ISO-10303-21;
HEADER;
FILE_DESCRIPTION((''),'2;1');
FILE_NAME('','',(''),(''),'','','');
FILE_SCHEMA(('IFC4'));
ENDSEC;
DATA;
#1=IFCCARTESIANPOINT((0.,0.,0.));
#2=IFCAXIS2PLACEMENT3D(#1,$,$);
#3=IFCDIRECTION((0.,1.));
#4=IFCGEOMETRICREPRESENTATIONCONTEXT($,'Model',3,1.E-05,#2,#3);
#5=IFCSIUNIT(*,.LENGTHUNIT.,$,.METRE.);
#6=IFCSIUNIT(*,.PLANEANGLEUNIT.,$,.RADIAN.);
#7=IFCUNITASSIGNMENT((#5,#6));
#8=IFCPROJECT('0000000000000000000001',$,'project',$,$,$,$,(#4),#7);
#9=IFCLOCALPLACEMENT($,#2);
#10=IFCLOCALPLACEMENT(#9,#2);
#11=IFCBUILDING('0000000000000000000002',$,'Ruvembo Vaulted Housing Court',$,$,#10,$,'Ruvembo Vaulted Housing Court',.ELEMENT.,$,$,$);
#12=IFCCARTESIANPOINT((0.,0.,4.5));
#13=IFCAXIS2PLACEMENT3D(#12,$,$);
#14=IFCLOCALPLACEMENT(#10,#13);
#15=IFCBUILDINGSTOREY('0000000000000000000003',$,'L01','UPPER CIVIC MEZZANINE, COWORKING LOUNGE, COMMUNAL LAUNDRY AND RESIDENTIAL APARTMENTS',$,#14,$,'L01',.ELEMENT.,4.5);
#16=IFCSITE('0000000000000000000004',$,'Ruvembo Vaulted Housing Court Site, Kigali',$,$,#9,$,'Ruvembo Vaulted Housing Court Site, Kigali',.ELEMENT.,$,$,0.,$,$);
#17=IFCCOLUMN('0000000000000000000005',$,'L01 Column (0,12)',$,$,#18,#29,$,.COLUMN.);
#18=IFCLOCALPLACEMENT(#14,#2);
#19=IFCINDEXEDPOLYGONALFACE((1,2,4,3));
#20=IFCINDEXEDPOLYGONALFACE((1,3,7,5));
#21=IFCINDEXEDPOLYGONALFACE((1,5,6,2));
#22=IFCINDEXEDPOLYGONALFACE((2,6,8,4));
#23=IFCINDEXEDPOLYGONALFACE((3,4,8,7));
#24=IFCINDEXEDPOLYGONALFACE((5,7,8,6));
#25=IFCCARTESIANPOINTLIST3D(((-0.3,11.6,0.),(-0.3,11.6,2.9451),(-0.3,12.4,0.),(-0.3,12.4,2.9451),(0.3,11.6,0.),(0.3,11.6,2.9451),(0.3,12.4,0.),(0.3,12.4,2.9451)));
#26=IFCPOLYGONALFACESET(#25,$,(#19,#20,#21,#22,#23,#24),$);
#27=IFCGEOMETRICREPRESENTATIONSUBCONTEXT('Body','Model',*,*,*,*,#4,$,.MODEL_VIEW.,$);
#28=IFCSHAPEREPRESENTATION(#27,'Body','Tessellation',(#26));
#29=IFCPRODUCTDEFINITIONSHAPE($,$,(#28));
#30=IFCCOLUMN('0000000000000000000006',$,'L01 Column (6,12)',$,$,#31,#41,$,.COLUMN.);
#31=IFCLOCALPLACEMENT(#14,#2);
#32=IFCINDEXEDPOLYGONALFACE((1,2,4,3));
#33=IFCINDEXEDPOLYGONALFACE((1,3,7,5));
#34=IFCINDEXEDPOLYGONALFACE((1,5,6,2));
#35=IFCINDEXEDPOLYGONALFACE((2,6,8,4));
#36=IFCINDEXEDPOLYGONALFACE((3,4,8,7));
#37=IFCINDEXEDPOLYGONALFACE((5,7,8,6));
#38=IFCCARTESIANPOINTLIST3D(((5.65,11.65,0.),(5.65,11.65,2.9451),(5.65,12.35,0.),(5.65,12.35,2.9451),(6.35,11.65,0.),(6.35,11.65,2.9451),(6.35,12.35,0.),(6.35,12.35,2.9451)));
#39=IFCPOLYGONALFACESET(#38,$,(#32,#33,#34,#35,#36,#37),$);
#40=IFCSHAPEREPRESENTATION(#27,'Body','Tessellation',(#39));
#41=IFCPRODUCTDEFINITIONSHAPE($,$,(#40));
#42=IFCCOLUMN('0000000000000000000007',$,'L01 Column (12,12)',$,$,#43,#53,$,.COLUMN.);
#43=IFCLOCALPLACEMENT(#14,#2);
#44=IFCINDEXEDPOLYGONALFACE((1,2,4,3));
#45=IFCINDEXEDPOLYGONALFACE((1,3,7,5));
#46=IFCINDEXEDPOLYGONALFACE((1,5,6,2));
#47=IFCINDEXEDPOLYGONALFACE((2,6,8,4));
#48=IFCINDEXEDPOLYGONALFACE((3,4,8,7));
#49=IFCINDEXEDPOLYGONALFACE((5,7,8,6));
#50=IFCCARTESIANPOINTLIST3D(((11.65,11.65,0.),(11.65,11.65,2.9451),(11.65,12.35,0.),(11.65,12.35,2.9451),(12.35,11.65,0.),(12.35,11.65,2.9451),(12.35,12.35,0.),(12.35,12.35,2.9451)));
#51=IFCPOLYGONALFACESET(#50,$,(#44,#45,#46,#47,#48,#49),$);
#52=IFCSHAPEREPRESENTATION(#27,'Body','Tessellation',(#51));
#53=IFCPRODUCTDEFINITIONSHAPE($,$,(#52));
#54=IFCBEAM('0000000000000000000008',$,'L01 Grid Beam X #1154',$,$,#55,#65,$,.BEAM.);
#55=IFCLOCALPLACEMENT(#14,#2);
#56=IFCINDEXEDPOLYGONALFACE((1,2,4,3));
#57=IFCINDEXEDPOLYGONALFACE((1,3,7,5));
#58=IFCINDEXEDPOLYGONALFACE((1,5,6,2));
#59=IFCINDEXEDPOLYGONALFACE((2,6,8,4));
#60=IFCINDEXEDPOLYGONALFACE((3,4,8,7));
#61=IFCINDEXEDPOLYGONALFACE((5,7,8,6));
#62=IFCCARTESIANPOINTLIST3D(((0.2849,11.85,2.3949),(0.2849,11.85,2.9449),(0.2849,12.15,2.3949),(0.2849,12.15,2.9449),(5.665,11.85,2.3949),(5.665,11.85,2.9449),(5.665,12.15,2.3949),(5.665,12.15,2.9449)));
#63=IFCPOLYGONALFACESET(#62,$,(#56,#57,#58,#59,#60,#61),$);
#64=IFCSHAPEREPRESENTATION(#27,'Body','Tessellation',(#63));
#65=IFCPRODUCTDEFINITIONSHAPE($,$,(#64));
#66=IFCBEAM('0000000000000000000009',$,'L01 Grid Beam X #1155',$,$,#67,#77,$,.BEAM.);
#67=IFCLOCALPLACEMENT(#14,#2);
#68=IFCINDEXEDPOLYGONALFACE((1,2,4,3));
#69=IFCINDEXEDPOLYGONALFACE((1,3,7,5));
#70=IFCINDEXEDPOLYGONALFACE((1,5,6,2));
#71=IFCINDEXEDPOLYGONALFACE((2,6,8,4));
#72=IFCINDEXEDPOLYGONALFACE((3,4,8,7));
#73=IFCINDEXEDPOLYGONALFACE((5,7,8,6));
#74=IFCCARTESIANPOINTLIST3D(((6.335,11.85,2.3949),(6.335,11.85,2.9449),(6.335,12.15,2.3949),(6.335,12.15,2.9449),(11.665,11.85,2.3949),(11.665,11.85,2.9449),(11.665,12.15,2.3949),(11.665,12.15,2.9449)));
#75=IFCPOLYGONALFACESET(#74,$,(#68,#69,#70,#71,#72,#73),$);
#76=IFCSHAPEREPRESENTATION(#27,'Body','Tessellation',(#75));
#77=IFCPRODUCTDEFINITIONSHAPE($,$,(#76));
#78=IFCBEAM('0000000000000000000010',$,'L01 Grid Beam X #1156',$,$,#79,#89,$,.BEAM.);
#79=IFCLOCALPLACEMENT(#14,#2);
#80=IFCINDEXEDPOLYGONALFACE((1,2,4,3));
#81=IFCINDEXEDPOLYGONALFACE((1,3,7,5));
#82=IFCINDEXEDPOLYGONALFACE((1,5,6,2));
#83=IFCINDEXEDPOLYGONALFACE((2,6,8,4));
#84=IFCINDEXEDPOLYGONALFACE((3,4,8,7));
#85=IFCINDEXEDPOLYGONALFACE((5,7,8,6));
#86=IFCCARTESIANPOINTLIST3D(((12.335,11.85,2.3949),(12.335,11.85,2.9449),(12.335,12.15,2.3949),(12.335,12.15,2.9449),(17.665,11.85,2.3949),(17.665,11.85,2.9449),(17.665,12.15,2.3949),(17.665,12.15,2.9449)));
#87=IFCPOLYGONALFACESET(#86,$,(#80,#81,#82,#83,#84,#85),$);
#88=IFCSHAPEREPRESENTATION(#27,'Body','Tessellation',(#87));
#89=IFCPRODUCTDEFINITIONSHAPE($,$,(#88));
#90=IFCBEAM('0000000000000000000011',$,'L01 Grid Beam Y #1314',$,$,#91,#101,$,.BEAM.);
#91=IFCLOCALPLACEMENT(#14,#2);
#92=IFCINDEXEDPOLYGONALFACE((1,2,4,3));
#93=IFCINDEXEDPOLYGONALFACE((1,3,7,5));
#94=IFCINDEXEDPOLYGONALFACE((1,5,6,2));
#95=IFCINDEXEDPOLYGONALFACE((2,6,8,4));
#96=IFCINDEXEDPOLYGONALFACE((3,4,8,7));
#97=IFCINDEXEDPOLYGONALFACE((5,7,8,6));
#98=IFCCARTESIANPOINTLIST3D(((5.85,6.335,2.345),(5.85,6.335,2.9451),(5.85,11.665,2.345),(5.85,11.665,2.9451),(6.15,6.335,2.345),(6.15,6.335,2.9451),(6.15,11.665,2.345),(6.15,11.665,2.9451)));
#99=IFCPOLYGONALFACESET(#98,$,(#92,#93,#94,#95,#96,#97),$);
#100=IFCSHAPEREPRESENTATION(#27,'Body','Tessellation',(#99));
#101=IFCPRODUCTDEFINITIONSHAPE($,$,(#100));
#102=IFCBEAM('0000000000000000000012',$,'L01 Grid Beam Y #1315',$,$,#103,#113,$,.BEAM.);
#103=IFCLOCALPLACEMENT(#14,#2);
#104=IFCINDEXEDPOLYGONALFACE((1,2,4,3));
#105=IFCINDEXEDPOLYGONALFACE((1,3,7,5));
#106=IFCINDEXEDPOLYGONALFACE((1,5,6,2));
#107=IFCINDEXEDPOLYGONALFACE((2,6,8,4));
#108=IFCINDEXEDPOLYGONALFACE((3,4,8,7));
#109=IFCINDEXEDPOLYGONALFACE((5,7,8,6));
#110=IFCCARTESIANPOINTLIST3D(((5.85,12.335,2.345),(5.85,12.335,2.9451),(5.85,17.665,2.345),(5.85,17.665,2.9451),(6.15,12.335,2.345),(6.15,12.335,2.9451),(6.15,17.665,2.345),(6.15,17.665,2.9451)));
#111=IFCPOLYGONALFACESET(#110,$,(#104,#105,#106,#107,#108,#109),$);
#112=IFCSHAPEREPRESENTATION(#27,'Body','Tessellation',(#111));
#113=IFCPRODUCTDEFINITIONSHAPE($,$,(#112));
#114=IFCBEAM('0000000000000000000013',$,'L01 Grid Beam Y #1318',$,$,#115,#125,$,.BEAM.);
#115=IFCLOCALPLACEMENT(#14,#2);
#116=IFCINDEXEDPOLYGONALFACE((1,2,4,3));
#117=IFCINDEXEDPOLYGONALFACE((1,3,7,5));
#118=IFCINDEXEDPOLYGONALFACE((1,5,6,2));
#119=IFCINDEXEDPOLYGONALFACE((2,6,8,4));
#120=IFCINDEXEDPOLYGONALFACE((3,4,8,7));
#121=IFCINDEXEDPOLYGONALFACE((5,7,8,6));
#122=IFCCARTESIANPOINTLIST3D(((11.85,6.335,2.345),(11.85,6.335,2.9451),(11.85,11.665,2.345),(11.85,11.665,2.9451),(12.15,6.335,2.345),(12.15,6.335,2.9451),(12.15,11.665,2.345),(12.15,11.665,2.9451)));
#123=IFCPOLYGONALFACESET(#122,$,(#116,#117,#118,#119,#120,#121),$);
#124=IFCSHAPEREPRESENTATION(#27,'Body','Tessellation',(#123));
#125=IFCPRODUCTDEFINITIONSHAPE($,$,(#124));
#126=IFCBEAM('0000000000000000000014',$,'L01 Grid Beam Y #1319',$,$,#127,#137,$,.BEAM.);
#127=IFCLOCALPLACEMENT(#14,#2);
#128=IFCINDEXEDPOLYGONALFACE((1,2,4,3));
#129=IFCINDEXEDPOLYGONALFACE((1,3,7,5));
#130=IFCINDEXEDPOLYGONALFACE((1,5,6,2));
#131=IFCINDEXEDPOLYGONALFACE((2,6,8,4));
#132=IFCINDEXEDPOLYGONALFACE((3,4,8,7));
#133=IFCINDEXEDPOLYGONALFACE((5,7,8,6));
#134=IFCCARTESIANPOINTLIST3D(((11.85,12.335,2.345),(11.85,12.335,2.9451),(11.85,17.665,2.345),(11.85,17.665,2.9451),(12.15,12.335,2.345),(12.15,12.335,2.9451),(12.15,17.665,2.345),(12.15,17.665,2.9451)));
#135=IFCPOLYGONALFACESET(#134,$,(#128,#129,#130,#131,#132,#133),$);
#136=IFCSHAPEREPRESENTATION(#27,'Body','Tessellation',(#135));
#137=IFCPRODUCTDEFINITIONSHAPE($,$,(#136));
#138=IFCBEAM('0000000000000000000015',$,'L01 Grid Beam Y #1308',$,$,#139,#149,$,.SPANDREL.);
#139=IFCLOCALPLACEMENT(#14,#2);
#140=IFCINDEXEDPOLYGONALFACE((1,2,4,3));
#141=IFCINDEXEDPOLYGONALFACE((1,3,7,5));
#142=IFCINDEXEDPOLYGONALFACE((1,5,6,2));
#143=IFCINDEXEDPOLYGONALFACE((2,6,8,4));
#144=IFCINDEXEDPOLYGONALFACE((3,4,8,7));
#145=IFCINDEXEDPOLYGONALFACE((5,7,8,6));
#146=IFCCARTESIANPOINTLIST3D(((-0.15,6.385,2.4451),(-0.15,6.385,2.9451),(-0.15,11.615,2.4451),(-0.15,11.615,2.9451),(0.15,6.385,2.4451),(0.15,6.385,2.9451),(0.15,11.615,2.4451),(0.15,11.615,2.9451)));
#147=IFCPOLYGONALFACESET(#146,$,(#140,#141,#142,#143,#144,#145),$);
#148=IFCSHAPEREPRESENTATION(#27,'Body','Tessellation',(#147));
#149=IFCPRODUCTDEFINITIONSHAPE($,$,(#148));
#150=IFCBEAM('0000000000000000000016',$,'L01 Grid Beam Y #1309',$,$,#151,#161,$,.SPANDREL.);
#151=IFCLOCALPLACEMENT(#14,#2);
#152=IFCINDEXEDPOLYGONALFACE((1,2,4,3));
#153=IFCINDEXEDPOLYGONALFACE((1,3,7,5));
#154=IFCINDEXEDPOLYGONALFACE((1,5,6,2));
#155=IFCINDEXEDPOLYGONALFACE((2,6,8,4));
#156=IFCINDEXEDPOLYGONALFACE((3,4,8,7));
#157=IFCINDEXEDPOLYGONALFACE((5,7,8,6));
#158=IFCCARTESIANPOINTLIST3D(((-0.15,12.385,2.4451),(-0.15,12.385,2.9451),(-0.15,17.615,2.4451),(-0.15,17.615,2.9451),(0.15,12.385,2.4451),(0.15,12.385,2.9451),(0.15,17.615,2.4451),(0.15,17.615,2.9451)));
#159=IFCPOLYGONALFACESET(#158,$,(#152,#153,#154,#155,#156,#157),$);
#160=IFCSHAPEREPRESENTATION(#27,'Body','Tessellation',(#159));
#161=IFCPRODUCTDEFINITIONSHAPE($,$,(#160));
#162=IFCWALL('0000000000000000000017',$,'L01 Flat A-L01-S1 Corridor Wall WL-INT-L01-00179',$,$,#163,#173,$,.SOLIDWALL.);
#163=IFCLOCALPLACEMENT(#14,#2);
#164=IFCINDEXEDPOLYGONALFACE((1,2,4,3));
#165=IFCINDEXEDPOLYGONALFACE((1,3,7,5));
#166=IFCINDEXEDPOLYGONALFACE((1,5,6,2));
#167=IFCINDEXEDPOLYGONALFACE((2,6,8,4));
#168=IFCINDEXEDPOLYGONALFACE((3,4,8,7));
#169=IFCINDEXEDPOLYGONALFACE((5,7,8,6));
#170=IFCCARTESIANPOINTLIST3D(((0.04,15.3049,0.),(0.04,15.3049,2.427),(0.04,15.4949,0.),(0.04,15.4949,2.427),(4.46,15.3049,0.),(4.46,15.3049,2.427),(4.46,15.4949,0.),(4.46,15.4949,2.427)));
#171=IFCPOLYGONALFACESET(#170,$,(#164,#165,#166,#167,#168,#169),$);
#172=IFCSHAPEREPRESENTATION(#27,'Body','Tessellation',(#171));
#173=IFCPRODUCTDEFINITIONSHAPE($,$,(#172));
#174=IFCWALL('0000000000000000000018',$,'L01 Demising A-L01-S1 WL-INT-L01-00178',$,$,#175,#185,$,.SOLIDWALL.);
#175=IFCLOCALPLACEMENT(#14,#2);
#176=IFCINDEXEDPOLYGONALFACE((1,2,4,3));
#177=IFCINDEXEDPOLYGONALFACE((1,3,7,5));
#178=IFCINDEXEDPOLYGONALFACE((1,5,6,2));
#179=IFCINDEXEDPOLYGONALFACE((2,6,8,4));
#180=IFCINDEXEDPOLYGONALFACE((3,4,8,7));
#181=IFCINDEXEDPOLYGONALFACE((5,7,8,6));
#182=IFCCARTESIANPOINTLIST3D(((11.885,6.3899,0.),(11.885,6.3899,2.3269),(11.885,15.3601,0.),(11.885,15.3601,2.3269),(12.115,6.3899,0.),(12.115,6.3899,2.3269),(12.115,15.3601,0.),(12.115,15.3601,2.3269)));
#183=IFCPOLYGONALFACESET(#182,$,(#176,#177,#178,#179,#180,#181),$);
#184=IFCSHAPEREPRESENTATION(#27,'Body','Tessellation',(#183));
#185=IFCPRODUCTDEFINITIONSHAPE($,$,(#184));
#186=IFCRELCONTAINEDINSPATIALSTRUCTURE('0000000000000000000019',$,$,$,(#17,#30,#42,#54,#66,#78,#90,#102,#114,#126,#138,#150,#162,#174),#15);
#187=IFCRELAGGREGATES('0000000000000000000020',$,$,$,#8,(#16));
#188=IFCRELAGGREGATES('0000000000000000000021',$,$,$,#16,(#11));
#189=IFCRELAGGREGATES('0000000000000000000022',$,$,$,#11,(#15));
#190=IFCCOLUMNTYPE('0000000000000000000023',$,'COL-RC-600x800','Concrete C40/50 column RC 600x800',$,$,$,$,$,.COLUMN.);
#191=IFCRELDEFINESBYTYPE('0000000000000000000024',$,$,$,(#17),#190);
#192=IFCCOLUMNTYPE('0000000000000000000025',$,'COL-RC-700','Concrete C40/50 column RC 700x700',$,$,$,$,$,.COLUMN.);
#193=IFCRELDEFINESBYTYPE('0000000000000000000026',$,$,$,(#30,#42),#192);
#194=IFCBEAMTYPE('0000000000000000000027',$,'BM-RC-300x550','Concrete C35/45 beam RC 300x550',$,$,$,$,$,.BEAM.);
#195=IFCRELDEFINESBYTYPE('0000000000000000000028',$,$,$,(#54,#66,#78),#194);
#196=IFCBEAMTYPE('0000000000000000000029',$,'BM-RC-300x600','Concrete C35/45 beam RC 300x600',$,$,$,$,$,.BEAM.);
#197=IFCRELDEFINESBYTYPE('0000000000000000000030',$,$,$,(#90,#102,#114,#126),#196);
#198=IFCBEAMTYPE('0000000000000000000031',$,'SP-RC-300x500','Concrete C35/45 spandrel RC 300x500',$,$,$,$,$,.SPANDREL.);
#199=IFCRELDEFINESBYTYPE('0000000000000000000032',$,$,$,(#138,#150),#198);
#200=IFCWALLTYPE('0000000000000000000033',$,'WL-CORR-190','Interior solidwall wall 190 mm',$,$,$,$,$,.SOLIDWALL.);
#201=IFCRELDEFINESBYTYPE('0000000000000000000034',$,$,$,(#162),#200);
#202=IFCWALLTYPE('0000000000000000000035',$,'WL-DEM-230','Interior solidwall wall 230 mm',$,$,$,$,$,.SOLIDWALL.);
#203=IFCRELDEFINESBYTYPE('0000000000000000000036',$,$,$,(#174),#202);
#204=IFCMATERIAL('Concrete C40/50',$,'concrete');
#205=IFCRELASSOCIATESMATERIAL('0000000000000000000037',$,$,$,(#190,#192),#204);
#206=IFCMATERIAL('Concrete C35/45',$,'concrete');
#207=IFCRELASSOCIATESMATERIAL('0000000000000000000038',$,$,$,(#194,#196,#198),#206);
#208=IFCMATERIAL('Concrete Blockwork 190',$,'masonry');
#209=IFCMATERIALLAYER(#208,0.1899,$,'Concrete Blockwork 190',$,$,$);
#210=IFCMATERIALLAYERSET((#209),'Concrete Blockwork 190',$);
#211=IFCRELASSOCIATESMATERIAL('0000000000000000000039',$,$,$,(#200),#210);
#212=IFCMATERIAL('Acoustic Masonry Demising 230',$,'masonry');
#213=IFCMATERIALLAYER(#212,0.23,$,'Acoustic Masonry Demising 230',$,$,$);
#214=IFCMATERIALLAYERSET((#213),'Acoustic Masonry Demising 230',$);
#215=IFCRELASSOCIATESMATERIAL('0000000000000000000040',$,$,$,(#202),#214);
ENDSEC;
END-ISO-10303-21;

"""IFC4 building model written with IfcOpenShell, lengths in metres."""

from ifc_helpers import new_model, si_unit, direction, frame, frame_2d, origin, origin_2d, place, context, subcontext, project, spatial, rectangle, extrude, material, layer, layer_set, material_profile, profile_set, type_object, element, save


model = new_model("IFC4")

# Units and contexts
model_context = context("Model", 3, precision=1e-05, world=origin(), true_north=direction((0.0, 1.0)))
body_context = subcontext(model_context, "Body", "Model", "MODEL_VIEW")
ifc_project = project(units=[si_unit("LENGTHUNIT", "METRE"), si_unit("PLANEANGLEUNIT", "RADIAN")], contexts=[model_context])

# Site, building, storey
site_placement = place(None, origin())
site = spatial("IfcSite", under=ifc_project, at=site_placement, Name="Ruvembo Vaulted Housing Court Site, Kigali", LongName="Ruvembo Vaulted Housing Court Site, Kigali", CompositionType="ELEMENT", RefElevation=0.0)
building_placement = place(site_placement, origin())
building = spatial("IfcBuilding", under=site, at=building_placement, Name="Ruvembo Vaulted Housing Court", LongName="Ruvembo Vaulted Housing Court", CompositionType="ELEMENT")
storey_placement = place(building_placement, frame((0.0, 0.0, 4.5)))
storey = spatial("IfcBuildingStorey", under=building, at=storey_placement, Name="L01", Description="UPPER CIVIC MEZZANINE, COWORKING LOUNGE, COMMUNAL LAUNDRY AND RESIDENTIAL APARTMENTS", LongName="L01", CompositionType="ELEMENT", Elevation=4.5)

# Columns
ifc_material_1 = material(Name="Concrete C40/50", Category="concrete")
ifc_material_profile_1 = material_profile(ifc_material_1, rectangle(XDim=0.6001, YDim=0.8, at=origin_2d()), Name="RC 600x800")
ifc_profile_set_1 = profile_set([ifc_material_profile_1], Name="Concrete C40/50")
column_type_1 = type_object("IfcColumnType", Name="COL-RC-600x800", Description="Concrete C40/50 column RC 600x800", PredefinedType="COLUMN", material=ifc_profile_set_1)
column_placement = place(storey_placement, frame((0.0, 12.0, 0.0), z_axis=(0.0, 0.0, 1.0), x_axis=(1.0, 0.0, 0.0)))
element("IfcColumn", 1, at=column_placement, inside=storey, type_object=column_type_1, Name="L01 Column (0,12)", PredefinedType="COLUMN", context=body_context, shape_type="SweptSolid", body=[
    extrude(rectangle(XDim=0.6001, YDim=0.8, at=origin_2d()), origin(), (0.0, 0.0, 1.0), 2.9451),
])
ifc_material_profile_2 = material_profile(ifc_material_1, rectangle(XDim=0.7, YDim=0.7, at=origin_2d()), Name="RC 700x700")
ifc_profile_set_2 = profile_set([ifc_material_profile_2], Name="Concrete C40/50")
column_type_2 = type_object("IfcColumnType", Name="COL-RC-700", Description="Concrete C40/50 column RC 700x700", PredefinedType="COLUMN", material=ifc_profile_set_2)
for number, where, z_axis, x_axis, name in (
    (2, (6.0, 12.0, 0.0), (0.0, 0.0, 1.0), (1.0, 0.0, 0.0), "L01 Column (6,12)"),
    (3, (12.0, 12.0, 0.0), (0.0, 0.0, 1.0), (1.0, 0.0, 0.0), "L01 Column (12,12)"),
):
    element("IfcColumn", number, at=place(storey_placement, frame(where, z_axis=z_axis, x_axis=x_axis)), inside=storey, type_object=column_type_2, Name=name, PredefinedType="COLUMN", context=body_context, shape_type="SweptSolid", body=[
        extrude(rectangle(XDim=0.7, YDim=0.7, at=origin_2d()), origin(), (0.0, 0.0, 1.0), 2.9451),
    ])

# Beams
ifc_material_2 = material(Name="Concrete C35/45", Category="concrete")
ifc_material_profile_3 = material_profile(ifc_material_2, rectangle(XDim=0.3, YDim=0.55, at=origin_2d()), Name="RC 300x550")
ifc_profile_set_3 = profile_set([ifc_material_profile_3], Name="Concrete C35/45")
beam_type_1 = type_object("IfcBeamType", Name="BM-RC-300x550", Description="Concrete C35/45 beam RC 300x550", PredefinedType="BEAM", material=ifc_profile_set_3)
beam_placement = place(storey_placement, frame((0.2849, 12.0, 2.6699), z_axis=(1.0, 0.0, 0.0), x_axis=(0.0, 1.0, 0.0)))
element("IfcBeam", 4, at=beam_placement, inside=storey, type_object=beam_type_1, Name="L01 Grid Beam X #1154", PredefinedType="BEAM", context=body_context, shape_type="SweptSolid", body=[
    extrude(rectangle(XDim=0.3, YDim=0.55, at=origin_2d()), origin(), (0.0, 0.0, 1.0), 5.3801),
])
for number, where, z_axis, x_axis, name in (
    (5, (6.335, 12.0, 2.6699), (1.0, 0.0, 0.0), (0.0, 1.0, 0.0), "L01 Grid Beam X #1155"),
    (6, (12.335, 12.0, 2.6699), (1.0, 0.0, 0.0), (0.0, 1.0, 0.0), "L01 Grid Beam X #1156"),
):
    element("IfcBeam", number, at=place(storey_placement, frame(where, z_axis=z_axis, x_axis=x_axis)), inside=storey, type_object=beam_type_1, Name=name, PredefinedType="BEAM", context=body_context, shape_type="SweptSolid", body=[
        extrude(rectangle(XDim=0.3, YDim=0.55, at=origin_2d()), origin(), (0.0, 0.0, 1.0), 5.3301),
    ])
ifc_material_profile_4 = material_profile(ifc_material_2, rectangle(XDim=0.3, YDim=0.6001, at=origin_2d()), Name="RC 300x600")
ifc_profile_set_4 = profile_set([ifc_material_profile_4], Name="Concrete C35/45")
beam_type_2 = type_object("IfcBeamType", Name="BM-RC-300x600", Description="Concrete C35/45 beam RC 300x600", PredefinedType="BEAM", material=ifc_profile_set_4)
for number, where, z_axis, x_axis, name in (
    (7, (6.0, 6.335, 2.645), (0.0, 1.0, 0.0), (-1.0, 0.0, 0.0), "L01 Grid Beam Y #1314"),
    (8, (6.0, 12.335, 2.645), (0.0, 1.0, 0.0), (-1.0, 0.0, 0.0), "L01 Grid Beam Y #1315"),
    (9, (12.0, 6.335, 2.645), (0.0, 1.0, 0.0), (-1.0, 0.0, 0.0), "L01 Grid Beam Y #1318"),
    (10, (12.0, 12.335, 2.645), (0.0, 1.0, 0.0), (-1.0, 0.0, 0.0), "L01 Grid Beam Y #1319"),
):
    element("IfcBeam", number, at=place(storey_placement, frame(where, z_axis=z_axis, x_axis=x_axis)), inside=storey, type_object=beam_type_2, Name=name, PredefinedType="BEAM", context=body_context, shape_type="SweptSolid", body=[
        extrude(rectangle(XDim=0.3, YDim=0.6001, at=origin_2d()), origin(), (0.0, 0.0, 1.0), 5.3301),
    ])
ifc_material_profile_5 = material_profile(ifc_material_2, rectangle(XDim=0.3, YDim=0.5, at=origin_2d()), Name="RC 300x500")
ifc_profile_set_5 = profile_set([ifc_material_profile_5], Name="Concrete C35/45")
beam_type_3 = type_object("IfcBeamType", Name="SP-RC-300x500", Description="Concrete C35/45 spandrel RC 300x500", PredefinedType="SPANDREL", material=ifc_profile_set_5)
for number, where, z_axis, x_axis, name in (
    (11, (0.0, 6.385, 2.6951), (0.0, 1.0, 0.0), (-1.0, 0.0, 0.0), "L01 Grid Beam Y #1308"),
    (12, (0.0, 12.385, 2.6951), (0.0, 1.0, 0.0), (-1.0, 0.0, 0.0), "L01 Grid Beam Y #1309"),
):
    element("IfcBeam", number, at=place(storey_placement, frame(where, z_axis=z_axis, x_axis=x_axis)), inside=storey, type_object=beam_type_3, Name=name, PredefinedType="SPANDREL", context=body_context, shape_type="SweptSolid", body=[
        extrude(rectangle(XDim=0.3, YDim=0.5, at=origin_2d()), origin(), (0.0, 0.0, 1.0), 5.23),
    ])

# Wall
ifc_material_3 = material(Name="Concrete Blockwork 190", Category="masonry")
ifc_layer_1 = layer(ifc_material_3, 0.1899, Name="Concrete Blockwork 190")
ifc_layer_set_1 = layer_set([ifc_layer_1], Name="Concrete Blockwork 190")
wall_type_1 = type_object("IfcWallType", Name="WL-CORR-190", Description="Interior solidwall wall 190 mm", PredefinedType="SOLIDWALL", material=ifc_layer_set_1)
wall_1_placement = place(storey_placement, frame((0.04, 15.3999, 0.0), z_axis=(0.0, 0.0, 1.0), x_axis=(1.0, 0.0, 0.0)))
element("IfcWall", 13, at=wall_1_placement, inside=storey, type_object=wall_type_1, Name="L01 Flat A-L01-S1 Corridor Wall WL-INT-L01-00179", PredefinedType="SOLIDWALL", context=body_context, shape_type="SweptSolid", body=[
    extrude(rectangle(XDim=4.4199, YDim=0.1899, at=frame_2d((2.21, 0.0))), origin(), (0.0, 0.0, 1.0), 2.427),
])

# Wall
ifc_material_4 = material(Name="Acoustic Masonry Demising 230", Category="masonry")
ifc_layer_2 = layer(ifc_material_4, 0.23, Name="Acoustic Masonry Demising 230")
ifc_layer_set_2 = layer_set([ifc_layer_2], Name="Acoustic Masonry Demising 230")
wall_type_2 = type_object("IfcWallType", Name="WL-DEM-230", Description="Interior solidwall wall 230 mm", PredefinedType="SOLIDWALL", material=ifc_layer_set_2)
wall_2_placement = place(storey_placement, frame((12.0, 6.3899, 0.0), z_axis=(0.0, 0.0, 1.0), x_axis=(0.0, 1.0, 0.0)))
element("IfcWall", 14, at=wall_2_placement, inside=storey, type_object=wall_type_2, Name="L01 Demising A-L01-S1 WL-INT-L01-00178", PredefinedType="SOLIDWALL", context=body_context, shape_type="SweptSolid", body=[
    extrude(rectangle(XDim=8.9702, YDim=0.23, at=frame_2d((4.4851, 0.0))), origin(), (0.0, 0.0, 1.0), 2.3269),
])

save(model, "model.ifc")
